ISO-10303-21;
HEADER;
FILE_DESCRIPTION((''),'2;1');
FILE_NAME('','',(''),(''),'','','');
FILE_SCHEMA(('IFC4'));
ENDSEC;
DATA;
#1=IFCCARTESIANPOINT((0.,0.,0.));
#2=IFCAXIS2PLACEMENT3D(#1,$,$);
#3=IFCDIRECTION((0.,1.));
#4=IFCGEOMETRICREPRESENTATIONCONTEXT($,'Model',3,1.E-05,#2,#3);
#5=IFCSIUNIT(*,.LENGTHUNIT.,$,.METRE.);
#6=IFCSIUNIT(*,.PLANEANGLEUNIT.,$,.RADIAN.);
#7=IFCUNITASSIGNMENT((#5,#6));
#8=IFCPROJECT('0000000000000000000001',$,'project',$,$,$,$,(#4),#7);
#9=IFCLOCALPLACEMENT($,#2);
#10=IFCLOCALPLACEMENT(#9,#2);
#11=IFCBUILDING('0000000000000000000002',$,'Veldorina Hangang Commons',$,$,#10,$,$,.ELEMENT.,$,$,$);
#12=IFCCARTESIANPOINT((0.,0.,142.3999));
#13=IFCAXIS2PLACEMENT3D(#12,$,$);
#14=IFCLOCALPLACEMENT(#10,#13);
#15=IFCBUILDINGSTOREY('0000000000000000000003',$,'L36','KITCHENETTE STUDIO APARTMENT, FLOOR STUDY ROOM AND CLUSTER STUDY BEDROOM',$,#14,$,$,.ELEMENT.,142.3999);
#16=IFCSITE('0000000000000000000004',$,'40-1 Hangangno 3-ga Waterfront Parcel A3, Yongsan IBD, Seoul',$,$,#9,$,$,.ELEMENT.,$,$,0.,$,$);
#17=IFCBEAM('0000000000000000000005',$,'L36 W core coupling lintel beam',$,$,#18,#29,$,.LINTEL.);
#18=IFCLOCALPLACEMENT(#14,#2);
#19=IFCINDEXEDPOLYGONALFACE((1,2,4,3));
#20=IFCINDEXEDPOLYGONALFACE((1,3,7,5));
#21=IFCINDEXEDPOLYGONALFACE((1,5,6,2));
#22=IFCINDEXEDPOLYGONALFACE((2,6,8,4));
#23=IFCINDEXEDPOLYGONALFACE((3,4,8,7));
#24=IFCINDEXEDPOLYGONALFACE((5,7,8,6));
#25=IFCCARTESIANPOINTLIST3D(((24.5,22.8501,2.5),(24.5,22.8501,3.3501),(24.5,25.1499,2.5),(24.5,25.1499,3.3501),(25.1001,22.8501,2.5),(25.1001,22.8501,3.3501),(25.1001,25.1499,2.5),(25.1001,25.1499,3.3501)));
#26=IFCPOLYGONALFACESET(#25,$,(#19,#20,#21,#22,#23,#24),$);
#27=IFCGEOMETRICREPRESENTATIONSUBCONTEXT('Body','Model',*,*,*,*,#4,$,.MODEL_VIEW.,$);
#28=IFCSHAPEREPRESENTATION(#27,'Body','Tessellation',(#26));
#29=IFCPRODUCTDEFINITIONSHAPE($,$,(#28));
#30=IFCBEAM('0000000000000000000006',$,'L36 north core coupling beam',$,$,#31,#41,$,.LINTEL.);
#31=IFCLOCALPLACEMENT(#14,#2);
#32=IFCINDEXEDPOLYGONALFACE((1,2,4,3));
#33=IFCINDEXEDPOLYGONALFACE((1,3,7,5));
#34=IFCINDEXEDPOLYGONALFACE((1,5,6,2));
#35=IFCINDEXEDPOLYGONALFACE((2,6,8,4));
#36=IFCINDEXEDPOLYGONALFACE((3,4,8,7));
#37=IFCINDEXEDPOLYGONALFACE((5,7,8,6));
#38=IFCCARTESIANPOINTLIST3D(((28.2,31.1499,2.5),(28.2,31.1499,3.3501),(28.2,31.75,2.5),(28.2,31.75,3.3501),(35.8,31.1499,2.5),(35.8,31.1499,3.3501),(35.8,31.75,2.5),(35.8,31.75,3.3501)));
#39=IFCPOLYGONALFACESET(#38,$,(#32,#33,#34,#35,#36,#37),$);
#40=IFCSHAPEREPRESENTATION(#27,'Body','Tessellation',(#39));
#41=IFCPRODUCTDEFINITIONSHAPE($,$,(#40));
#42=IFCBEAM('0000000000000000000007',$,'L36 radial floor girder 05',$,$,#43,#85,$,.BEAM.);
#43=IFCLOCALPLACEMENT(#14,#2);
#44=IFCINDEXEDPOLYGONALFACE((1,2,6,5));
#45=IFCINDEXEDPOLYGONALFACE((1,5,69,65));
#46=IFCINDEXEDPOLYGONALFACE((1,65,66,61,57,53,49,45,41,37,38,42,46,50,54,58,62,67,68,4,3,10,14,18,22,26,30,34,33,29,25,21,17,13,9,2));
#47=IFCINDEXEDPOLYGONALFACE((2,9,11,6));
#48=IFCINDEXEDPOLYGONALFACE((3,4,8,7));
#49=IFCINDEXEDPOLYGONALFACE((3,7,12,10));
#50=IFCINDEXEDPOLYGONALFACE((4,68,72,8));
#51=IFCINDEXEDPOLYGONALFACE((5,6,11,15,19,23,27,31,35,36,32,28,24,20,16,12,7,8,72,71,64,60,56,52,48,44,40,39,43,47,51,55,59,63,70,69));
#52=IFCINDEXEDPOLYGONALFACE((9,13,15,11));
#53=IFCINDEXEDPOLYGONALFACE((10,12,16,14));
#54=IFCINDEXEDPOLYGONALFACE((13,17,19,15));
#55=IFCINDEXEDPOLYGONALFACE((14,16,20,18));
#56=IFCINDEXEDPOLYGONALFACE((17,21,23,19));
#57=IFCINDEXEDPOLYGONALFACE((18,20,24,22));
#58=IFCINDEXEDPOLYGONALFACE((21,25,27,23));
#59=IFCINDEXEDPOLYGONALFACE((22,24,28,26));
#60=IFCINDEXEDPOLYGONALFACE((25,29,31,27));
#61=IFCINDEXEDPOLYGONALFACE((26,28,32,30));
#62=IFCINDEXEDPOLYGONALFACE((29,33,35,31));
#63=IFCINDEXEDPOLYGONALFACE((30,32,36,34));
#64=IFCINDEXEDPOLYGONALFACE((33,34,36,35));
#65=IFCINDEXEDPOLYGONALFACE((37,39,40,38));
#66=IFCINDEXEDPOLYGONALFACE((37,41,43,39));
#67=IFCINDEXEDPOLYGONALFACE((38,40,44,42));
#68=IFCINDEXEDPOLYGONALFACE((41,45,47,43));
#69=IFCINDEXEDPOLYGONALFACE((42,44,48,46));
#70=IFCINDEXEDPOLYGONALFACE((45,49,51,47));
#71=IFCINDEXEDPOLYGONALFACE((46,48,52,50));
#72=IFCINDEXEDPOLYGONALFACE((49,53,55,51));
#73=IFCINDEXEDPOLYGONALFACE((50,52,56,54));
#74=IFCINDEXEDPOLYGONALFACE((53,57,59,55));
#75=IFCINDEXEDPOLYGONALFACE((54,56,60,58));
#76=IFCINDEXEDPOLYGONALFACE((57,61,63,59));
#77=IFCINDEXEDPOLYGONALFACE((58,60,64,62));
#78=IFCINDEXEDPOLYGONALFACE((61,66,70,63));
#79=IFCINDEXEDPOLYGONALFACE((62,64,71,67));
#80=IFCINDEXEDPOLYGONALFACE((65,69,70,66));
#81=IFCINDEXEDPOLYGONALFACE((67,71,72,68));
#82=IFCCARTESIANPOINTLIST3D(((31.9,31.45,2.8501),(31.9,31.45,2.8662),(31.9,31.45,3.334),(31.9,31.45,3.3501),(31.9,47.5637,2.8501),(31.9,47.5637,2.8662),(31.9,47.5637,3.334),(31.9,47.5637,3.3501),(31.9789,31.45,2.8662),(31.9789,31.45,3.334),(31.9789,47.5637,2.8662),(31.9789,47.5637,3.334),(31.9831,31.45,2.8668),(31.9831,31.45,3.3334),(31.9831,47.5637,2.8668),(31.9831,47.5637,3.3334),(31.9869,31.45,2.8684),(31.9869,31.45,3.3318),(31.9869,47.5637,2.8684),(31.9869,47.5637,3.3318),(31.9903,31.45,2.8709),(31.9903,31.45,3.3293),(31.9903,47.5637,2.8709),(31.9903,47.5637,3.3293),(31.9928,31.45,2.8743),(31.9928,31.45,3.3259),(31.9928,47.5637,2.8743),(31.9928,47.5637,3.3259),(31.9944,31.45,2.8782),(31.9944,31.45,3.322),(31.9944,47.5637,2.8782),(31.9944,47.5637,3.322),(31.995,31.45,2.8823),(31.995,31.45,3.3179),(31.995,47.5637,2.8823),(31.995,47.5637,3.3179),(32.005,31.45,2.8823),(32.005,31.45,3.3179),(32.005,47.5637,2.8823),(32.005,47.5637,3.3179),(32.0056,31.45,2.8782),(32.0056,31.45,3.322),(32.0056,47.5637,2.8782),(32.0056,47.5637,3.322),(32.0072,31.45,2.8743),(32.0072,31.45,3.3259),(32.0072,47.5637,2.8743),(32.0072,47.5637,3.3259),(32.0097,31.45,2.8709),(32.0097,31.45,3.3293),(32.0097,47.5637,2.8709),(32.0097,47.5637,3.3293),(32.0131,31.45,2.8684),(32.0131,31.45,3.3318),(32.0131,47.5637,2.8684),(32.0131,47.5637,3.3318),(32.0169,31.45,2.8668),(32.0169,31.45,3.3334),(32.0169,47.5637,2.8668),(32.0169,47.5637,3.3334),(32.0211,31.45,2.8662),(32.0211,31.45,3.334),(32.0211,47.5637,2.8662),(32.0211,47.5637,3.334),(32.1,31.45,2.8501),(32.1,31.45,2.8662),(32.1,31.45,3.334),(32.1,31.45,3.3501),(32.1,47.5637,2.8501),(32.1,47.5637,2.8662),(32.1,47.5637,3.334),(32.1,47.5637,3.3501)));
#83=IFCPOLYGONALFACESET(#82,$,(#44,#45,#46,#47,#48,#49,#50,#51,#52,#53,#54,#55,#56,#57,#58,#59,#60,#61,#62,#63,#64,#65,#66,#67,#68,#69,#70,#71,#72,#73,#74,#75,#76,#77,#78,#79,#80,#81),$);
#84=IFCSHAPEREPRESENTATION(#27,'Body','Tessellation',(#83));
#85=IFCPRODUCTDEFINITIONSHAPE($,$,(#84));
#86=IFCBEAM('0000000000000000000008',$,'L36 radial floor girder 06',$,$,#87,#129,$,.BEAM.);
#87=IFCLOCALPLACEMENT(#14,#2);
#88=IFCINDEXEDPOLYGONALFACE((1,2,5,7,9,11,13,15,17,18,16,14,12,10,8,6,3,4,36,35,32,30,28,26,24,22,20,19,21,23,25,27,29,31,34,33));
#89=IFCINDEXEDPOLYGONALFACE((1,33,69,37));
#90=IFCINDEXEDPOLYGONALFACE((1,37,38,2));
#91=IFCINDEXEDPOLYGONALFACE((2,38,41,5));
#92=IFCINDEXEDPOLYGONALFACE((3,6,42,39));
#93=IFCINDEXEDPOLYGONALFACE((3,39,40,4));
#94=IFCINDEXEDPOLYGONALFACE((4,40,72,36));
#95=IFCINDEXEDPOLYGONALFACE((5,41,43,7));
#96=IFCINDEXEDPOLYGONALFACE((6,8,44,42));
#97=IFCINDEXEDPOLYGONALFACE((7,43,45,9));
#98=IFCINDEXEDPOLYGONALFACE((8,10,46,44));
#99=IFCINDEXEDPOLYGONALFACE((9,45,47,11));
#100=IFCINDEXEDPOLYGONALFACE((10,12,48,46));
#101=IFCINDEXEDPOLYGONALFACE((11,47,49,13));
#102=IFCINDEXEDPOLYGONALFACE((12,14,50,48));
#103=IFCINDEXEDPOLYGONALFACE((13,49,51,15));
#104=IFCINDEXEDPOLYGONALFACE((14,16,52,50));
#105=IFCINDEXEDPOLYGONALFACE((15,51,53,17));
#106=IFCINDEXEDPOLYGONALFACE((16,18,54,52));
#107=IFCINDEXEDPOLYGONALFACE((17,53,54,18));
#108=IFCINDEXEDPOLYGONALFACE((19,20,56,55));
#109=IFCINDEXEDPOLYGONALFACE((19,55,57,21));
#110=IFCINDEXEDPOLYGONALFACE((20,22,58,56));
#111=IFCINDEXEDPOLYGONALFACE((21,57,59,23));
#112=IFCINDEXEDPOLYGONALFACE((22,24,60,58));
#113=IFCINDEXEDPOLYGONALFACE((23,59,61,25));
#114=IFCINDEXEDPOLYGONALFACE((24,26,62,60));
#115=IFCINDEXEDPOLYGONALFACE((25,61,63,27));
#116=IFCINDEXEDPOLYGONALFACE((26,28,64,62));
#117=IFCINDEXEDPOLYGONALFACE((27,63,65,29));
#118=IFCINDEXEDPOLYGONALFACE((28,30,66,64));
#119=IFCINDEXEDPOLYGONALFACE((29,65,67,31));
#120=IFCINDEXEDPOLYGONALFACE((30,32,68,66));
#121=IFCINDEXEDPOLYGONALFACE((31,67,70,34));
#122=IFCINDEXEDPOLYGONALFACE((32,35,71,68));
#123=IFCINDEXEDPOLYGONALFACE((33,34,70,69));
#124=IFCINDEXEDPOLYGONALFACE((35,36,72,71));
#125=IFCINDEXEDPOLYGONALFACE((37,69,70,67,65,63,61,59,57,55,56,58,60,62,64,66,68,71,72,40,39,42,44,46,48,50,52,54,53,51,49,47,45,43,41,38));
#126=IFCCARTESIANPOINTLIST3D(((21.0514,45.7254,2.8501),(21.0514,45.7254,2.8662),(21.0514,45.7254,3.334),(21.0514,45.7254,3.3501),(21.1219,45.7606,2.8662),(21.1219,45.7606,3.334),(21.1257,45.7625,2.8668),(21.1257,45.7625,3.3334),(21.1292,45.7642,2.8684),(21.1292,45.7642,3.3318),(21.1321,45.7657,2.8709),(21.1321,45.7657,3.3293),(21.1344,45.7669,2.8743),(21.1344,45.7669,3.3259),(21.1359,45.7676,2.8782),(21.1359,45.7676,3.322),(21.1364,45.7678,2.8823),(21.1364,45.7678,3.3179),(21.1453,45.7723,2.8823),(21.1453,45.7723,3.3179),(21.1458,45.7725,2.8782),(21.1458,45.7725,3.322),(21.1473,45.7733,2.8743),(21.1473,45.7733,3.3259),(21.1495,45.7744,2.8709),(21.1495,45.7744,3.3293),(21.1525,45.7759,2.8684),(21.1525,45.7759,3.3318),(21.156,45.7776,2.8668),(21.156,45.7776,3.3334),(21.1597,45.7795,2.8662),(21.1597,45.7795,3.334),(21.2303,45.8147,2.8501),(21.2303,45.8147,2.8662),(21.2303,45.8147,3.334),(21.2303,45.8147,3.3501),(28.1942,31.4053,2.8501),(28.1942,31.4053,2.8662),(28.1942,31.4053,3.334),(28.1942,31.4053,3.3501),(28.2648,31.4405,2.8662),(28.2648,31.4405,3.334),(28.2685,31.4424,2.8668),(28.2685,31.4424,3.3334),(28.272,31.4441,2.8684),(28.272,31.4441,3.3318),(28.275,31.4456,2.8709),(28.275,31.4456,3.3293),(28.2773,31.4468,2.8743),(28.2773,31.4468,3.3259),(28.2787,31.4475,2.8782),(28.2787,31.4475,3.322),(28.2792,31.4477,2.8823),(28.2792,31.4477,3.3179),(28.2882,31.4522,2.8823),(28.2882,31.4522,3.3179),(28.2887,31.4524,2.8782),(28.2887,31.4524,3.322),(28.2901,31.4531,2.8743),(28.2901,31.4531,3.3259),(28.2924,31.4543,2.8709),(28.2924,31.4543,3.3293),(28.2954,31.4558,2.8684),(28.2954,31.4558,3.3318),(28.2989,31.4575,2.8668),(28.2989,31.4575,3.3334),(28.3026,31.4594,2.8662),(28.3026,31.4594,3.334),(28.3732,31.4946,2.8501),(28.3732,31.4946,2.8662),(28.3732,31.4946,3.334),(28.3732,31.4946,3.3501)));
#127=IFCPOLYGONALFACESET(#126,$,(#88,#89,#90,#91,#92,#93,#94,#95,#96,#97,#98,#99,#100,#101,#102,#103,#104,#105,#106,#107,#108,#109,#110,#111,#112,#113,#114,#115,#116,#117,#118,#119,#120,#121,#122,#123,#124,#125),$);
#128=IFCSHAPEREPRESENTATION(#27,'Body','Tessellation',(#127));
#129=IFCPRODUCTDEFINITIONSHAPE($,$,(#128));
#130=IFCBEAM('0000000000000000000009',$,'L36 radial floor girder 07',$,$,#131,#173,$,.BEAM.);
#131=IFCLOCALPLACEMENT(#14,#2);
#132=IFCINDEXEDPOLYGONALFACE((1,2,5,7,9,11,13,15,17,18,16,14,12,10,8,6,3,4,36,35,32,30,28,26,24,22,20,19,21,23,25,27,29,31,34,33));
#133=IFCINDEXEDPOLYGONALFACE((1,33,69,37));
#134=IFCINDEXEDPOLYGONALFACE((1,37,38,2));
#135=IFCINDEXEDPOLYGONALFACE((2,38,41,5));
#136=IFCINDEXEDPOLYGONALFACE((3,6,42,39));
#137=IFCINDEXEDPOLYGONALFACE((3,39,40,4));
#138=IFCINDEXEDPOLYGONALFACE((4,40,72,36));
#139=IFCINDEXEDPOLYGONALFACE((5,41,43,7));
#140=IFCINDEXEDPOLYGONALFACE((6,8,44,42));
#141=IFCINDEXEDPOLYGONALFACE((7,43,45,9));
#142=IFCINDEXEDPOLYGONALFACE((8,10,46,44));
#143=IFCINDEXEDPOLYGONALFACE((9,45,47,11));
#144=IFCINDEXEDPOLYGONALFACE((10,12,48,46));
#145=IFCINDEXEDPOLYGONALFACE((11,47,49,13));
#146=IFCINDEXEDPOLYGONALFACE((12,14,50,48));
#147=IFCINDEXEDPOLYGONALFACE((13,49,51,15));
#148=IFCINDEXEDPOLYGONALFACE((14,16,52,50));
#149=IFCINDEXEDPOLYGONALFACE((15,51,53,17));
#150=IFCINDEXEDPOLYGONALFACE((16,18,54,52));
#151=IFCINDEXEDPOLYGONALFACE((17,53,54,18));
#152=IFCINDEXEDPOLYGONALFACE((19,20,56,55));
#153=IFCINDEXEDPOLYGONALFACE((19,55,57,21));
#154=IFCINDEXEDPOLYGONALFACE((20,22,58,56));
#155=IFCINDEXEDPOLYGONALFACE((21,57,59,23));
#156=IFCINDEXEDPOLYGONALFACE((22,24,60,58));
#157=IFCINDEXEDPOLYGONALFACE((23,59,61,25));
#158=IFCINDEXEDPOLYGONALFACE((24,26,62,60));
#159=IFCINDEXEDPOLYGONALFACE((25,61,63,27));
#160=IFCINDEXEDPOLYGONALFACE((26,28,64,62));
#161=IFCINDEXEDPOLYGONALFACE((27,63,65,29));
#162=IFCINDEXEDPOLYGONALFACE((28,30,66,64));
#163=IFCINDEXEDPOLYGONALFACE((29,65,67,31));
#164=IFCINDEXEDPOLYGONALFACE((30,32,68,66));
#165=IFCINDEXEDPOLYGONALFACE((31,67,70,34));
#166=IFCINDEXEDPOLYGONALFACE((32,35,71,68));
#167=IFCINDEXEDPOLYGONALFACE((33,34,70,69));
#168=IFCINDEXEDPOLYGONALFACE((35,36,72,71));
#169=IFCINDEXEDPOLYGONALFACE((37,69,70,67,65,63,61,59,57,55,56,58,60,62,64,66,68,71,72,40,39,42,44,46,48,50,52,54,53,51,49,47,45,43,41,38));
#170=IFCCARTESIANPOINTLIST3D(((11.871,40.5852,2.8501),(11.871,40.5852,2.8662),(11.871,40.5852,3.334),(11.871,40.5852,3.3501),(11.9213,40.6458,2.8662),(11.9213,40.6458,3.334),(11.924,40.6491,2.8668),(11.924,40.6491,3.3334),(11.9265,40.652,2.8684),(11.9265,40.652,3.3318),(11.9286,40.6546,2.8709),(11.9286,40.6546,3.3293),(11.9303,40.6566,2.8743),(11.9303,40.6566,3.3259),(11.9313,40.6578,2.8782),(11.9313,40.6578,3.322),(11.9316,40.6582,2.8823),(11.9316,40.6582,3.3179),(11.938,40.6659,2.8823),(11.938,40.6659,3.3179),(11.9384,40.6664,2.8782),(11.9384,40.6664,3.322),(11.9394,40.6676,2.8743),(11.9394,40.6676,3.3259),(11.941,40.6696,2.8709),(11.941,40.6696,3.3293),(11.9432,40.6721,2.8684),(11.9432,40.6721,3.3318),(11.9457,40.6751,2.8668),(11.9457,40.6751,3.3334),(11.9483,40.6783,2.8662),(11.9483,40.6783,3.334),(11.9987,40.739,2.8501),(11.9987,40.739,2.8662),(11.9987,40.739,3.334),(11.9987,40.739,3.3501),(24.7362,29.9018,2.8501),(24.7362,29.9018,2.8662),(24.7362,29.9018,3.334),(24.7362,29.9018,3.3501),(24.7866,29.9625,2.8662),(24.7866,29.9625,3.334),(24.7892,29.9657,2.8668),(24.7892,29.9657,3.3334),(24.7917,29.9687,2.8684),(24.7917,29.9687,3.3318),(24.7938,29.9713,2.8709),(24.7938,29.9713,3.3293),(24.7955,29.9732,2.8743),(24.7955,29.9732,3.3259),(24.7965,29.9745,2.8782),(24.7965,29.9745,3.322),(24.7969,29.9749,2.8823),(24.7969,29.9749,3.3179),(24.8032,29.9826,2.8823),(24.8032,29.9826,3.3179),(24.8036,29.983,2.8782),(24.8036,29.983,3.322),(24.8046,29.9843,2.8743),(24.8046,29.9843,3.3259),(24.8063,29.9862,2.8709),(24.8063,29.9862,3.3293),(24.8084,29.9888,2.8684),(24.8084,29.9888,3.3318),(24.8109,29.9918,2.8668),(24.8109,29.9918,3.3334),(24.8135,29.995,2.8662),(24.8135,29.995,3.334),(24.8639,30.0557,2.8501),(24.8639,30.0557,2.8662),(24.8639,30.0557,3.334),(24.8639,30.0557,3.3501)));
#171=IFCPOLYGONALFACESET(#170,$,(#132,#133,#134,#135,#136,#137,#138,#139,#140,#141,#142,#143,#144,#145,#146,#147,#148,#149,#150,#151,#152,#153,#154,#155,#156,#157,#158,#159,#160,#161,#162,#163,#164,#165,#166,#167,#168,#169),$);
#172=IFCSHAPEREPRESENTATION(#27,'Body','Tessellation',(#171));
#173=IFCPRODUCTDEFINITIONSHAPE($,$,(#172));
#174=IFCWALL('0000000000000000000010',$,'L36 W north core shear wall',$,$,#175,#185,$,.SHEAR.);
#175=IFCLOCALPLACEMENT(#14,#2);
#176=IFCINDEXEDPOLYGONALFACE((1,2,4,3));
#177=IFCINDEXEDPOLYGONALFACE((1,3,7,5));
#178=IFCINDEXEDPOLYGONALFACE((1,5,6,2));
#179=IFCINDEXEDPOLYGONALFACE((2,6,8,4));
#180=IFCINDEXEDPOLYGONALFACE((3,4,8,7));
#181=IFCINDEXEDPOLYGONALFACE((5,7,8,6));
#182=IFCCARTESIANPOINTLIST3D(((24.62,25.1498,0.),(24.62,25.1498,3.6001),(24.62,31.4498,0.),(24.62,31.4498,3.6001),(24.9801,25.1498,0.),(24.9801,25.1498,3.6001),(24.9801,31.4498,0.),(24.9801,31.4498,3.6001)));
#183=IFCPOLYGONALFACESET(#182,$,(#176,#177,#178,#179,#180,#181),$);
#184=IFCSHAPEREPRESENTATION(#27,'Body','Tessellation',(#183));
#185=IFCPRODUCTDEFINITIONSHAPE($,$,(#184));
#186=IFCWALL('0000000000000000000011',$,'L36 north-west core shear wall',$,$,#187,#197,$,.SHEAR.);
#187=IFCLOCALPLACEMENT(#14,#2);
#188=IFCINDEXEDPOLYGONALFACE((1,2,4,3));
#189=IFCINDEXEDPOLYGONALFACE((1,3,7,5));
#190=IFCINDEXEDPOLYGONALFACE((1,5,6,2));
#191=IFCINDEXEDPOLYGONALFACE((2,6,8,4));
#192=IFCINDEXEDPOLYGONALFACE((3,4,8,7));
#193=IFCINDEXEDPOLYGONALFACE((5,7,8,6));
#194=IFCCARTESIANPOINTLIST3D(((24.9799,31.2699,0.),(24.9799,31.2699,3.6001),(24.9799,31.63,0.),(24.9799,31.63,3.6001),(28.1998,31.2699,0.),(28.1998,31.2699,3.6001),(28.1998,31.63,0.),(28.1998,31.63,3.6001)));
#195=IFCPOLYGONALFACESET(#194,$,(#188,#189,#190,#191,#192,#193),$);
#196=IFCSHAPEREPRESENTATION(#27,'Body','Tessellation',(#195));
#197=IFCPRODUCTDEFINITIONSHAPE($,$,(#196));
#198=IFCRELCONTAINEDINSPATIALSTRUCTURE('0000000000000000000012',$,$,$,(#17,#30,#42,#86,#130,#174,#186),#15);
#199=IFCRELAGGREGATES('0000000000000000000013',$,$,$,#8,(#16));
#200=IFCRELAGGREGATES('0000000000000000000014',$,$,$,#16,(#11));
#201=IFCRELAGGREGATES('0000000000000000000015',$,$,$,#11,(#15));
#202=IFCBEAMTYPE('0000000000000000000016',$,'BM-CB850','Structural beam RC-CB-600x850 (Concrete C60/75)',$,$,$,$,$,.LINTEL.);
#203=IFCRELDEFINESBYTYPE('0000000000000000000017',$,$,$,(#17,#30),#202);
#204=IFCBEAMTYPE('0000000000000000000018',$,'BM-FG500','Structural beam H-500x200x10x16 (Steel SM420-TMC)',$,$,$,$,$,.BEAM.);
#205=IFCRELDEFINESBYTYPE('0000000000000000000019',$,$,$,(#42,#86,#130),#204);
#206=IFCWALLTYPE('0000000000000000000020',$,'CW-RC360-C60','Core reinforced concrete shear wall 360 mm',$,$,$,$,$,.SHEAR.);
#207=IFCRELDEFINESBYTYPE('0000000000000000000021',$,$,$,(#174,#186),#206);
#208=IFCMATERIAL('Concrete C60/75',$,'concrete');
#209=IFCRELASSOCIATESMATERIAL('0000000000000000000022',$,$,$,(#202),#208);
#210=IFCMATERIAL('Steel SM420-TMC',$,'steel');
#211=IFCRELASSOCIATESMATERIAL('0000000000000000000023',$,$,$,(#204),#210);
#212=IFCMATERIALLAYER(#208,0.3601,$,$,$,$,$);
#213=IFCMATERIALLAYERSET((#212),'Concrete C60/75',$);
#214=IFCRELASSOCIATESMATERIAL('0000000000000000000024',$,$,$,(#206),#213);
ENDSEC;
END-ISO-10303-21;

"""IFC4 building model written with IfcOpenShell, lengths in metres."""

from ifc_helpers import new_model, si_unit, direction, frame, frame_2d, origin, origin_2d, place, context, subcontext, project, spatial, rectangle, i_section, extrude, material, layer, layer_set, material_profile, profile_set, type_object, element, save


model = new_model("IFC4")

# Units and contexts
model_context = context("Model", 3, precision=1e-05, world=origin(), true_north=direction((0.0, 1.0)))
body_context = subcontext(model_context, "Body", "Model", "MODEL_VIEW")
ifc_project = project(units=[si_unit("LENGTHUNIT", "METRE"), si_unit("PLANEANGLEUNIT", "RADIAN")], contexts=[model_context])

# Site, building, storey
site_placement = place(None, origin())
site = spatial("IfcSite", under=ifc_project, at=site_placement, Name="40-1 Hangangno 3-ga Waterfront Parcel A3, Yongsan IBD, Seoul", CompositionType="ELEMENT", RefElevation=0.0)
building_placement = place(site_placement, origin())
building = spatial("IfcBuilding", under=site, at=building_placement, Name="Veldorina Hangang Commons", CompositionType="ELEMENT")
storey_placement = place(building_placement, frame((0.0, 0.0, 142.3999)))
storey = spatial("IfcBuildingStorey", under=building, at=storey_placement, Name="L36", Description="KITCHENETTE STUDIO APARTMENT, FLOOR STUDY ROOM AND CLUSTER STUDY BEDROOM", CompositionType="ELEMENT", Elevation=142.3999)

# Beams
ifc_material_1 = material(Name="Concrete C60/75", Category="concrete")
ifc_material_profile_1 = material_profile(ifc_material_1, rectangle(XDim=0.6001, YDim=0.8501, at=origin_2d()), Name="RC-CB-600x850")
ifc_profile_set_1 = profile_set([ifc_material_profile_1], Name="Concrete C60/75")
beam_type_1 = type_object("IfcBeamType", Name="BM-CB850", Description="Structural beam RC-CB-600x850 (Concrete C60/75)", PredefinedType="LINTEL", material=ifc_profile_set_1)
beam_1_placement = place(storey_placement, frame((24.8, 22.8501, 2.925), z_axis=(0.0, 1.0, 0.0), x_axis=(-1.0, 0.0, 0.0)))
element("IfcBeam", 1, at=beam_1_placement, inside=storey, type_object=beam_type_1, Name="L36 W core coupling lintel beam", PredefinedType="LINTEL", context=body_context, shape_type="SweptSolid", body=[
    extrude(rectangle(XDim=0.6001, YDim=0.8501, at=origin_2d()), origin(), (0.0, 0.0, 1.0), 2.2998),
])
beam_2_placement = place(storey_placement, frame((28.2, 31.45, 2.925), z_axis=(1.0, 0.0, 0.0), x_axis=(0.0, 1.0, 0.0)))
element("IfcBeam", 2, at=beam_2_placement, inside=storey, type_object=beam_type_1, Name="L36 north core coupling beam", PredefinedType="LINTEL", context=body_context, shape_type="SweptSolid", body=[
    extrude(rectangle(XDim=0.6001, YDim=0.8501, at=origin_2d()), origin(), (0.0, 0.0, 1.0), 7.6001),
])
ifc_material_2 = material(Name="Steel SM420-TMC", Category="steel")
ifc_material_profile_2 = material_profile(ifc_material_2, i_section(OverallWidth=0.2, OverallDepth=0.5, WebThickness=0.01, FlangeThickness=0.0161, FilletRadius=0.0161, at=origin_2d()), Name="H-500x200x10x16")
ifc_profile_set_2 = profile_set([ifc_material_profile_2], Name="Steel SM420-TMC")
beam_type_2 = type_object("IfcBeamType", Name="BM-FG500", Description="Structural beam H-500x200x10x16 (Steel SM420-TMC)", PredefinedType="BEAM", material=ifc_profile_set_2)
beam_3_placement = place(storey_placement, frame((32.0, 31.45, 3.1001), z_axis=(0.0, 1.0, 0.0), x_axis=(-1.0, 0.0, 0.0)))
element("IfcBeam", 3, at=beam_3_placement, inside=storey, type_object=beam_type_2, Name="L36 radial floor girder 05", PredefinedType="BEAM", context=body_context, shape_type="SweptSolid", body=[
    extrude(i_section(OverallWidth=0.2, OverallDepth=0.5, WebThickness=0.01, FlangeThickness=0.0161, FilletRadius=0.0161, at=origin_2d()), origin(), (0.0, 0.0, 1.0), 16.1138),
])
beam_4_placement = place(storey_placement, frame((28.2837, 31.45, 3.1001), z_axis=(-0.446353, 0.894857, 0.0), x_axis=(-0.894857, -0.446353, 0.0)))
element("IfcBeam", 4, at=beam_4_placement, inside=storey, type_object=beam_type_2, Name="L36 radial floor girder 06", PredefinedType="BEAM", context=body_context, shape_type="SweptSolid", body=[
    extrude(i_section(OverallWidth=0.2, OverallDepth=0.5, WebThickness=0.01, FlangeThickness=0.0161, FilletRadius=0.0161, at=origin_2d()), origin(), (0.0, 0.0, 1.0), 16.0027),
])
beam_5_placement = place(storey_placement, frame((24.8, 29.9788, 3.1001), z_axis=(-0.769328, 0.638854, 0.0), x_axis=(-0.638854, -0.769328, 0.0)))
element("IfcBeam", 5, at=beam_5_placement, inside=storey, type_object=beam_type_2, Name="L36 radial floor girder 07", PredefinedType="BEAM", context=body_context, shape_type="SweptSolid", body=[
    extrude(i_section(OverallWidth=0.2, OverallDepth=0.5, WebThickness=0.01, FlangeThickness=0.0161, FilletRadius=0.0161, at=origin_2d()), origin(), (0.0, 0.0, 1.0), 16.7227),
])

# Walls
ifc_layer_1 = layer(ifc_material_1, 0.3601)
ifc_layer_set_1 = layer_set([ifc_layer_1], Name="Concrete C60/75")
wall_type_1 = type_object("IfcWallType", Name="CW-RC360-C60", Description="Core reinforced concrete shear wall 360 mm", PredefinedType="SHEAR", material=ifc_layer_set_1)
wall_1_placement = place(storey_placement, frame((24.8, 25.1499, 0.0), z_axis=(0.0, 0.0, 1.0), x_axis=(0.0, 1.0, 0.0)))
element("IfcWall", 6, at=wall_1_placement, inside=storey, type_object=wall_type_1, Name="L36 W north core shear wall", PredefinedType="SHEAR", context=body_context, shape_type="SweptSolid", body=[
    extrude(rectangle(XDim=6.3, YDim=0.3601, at=frame_2d((3.1499, 0.0))), origin(), (0.0, 0.0, 1.0), 3.6001),
])
wall_2_placement = place(storey_placement, frame((24.98, 31.45, 0.0), z_axis=(0.0, 0.0, 1.0), x_axis=(1.0, 0.0, 0.0)))
element("IfcWall", 7, at=wall_2_placement, inside=storey, type_object=wall_type_1, Name="L36 north-west core shear wall", PredefinedType="SHEAR", context=body_context, shape_type="SweptSolid", body=[
    extrude(rectangle(XDim=3.22, YDim=0.3601, at=frame_2d((1.6099, 0.0))), origin(), (0.0, 0.0, 1.0), 3.6001),
])

save(model, "model.ifc")
